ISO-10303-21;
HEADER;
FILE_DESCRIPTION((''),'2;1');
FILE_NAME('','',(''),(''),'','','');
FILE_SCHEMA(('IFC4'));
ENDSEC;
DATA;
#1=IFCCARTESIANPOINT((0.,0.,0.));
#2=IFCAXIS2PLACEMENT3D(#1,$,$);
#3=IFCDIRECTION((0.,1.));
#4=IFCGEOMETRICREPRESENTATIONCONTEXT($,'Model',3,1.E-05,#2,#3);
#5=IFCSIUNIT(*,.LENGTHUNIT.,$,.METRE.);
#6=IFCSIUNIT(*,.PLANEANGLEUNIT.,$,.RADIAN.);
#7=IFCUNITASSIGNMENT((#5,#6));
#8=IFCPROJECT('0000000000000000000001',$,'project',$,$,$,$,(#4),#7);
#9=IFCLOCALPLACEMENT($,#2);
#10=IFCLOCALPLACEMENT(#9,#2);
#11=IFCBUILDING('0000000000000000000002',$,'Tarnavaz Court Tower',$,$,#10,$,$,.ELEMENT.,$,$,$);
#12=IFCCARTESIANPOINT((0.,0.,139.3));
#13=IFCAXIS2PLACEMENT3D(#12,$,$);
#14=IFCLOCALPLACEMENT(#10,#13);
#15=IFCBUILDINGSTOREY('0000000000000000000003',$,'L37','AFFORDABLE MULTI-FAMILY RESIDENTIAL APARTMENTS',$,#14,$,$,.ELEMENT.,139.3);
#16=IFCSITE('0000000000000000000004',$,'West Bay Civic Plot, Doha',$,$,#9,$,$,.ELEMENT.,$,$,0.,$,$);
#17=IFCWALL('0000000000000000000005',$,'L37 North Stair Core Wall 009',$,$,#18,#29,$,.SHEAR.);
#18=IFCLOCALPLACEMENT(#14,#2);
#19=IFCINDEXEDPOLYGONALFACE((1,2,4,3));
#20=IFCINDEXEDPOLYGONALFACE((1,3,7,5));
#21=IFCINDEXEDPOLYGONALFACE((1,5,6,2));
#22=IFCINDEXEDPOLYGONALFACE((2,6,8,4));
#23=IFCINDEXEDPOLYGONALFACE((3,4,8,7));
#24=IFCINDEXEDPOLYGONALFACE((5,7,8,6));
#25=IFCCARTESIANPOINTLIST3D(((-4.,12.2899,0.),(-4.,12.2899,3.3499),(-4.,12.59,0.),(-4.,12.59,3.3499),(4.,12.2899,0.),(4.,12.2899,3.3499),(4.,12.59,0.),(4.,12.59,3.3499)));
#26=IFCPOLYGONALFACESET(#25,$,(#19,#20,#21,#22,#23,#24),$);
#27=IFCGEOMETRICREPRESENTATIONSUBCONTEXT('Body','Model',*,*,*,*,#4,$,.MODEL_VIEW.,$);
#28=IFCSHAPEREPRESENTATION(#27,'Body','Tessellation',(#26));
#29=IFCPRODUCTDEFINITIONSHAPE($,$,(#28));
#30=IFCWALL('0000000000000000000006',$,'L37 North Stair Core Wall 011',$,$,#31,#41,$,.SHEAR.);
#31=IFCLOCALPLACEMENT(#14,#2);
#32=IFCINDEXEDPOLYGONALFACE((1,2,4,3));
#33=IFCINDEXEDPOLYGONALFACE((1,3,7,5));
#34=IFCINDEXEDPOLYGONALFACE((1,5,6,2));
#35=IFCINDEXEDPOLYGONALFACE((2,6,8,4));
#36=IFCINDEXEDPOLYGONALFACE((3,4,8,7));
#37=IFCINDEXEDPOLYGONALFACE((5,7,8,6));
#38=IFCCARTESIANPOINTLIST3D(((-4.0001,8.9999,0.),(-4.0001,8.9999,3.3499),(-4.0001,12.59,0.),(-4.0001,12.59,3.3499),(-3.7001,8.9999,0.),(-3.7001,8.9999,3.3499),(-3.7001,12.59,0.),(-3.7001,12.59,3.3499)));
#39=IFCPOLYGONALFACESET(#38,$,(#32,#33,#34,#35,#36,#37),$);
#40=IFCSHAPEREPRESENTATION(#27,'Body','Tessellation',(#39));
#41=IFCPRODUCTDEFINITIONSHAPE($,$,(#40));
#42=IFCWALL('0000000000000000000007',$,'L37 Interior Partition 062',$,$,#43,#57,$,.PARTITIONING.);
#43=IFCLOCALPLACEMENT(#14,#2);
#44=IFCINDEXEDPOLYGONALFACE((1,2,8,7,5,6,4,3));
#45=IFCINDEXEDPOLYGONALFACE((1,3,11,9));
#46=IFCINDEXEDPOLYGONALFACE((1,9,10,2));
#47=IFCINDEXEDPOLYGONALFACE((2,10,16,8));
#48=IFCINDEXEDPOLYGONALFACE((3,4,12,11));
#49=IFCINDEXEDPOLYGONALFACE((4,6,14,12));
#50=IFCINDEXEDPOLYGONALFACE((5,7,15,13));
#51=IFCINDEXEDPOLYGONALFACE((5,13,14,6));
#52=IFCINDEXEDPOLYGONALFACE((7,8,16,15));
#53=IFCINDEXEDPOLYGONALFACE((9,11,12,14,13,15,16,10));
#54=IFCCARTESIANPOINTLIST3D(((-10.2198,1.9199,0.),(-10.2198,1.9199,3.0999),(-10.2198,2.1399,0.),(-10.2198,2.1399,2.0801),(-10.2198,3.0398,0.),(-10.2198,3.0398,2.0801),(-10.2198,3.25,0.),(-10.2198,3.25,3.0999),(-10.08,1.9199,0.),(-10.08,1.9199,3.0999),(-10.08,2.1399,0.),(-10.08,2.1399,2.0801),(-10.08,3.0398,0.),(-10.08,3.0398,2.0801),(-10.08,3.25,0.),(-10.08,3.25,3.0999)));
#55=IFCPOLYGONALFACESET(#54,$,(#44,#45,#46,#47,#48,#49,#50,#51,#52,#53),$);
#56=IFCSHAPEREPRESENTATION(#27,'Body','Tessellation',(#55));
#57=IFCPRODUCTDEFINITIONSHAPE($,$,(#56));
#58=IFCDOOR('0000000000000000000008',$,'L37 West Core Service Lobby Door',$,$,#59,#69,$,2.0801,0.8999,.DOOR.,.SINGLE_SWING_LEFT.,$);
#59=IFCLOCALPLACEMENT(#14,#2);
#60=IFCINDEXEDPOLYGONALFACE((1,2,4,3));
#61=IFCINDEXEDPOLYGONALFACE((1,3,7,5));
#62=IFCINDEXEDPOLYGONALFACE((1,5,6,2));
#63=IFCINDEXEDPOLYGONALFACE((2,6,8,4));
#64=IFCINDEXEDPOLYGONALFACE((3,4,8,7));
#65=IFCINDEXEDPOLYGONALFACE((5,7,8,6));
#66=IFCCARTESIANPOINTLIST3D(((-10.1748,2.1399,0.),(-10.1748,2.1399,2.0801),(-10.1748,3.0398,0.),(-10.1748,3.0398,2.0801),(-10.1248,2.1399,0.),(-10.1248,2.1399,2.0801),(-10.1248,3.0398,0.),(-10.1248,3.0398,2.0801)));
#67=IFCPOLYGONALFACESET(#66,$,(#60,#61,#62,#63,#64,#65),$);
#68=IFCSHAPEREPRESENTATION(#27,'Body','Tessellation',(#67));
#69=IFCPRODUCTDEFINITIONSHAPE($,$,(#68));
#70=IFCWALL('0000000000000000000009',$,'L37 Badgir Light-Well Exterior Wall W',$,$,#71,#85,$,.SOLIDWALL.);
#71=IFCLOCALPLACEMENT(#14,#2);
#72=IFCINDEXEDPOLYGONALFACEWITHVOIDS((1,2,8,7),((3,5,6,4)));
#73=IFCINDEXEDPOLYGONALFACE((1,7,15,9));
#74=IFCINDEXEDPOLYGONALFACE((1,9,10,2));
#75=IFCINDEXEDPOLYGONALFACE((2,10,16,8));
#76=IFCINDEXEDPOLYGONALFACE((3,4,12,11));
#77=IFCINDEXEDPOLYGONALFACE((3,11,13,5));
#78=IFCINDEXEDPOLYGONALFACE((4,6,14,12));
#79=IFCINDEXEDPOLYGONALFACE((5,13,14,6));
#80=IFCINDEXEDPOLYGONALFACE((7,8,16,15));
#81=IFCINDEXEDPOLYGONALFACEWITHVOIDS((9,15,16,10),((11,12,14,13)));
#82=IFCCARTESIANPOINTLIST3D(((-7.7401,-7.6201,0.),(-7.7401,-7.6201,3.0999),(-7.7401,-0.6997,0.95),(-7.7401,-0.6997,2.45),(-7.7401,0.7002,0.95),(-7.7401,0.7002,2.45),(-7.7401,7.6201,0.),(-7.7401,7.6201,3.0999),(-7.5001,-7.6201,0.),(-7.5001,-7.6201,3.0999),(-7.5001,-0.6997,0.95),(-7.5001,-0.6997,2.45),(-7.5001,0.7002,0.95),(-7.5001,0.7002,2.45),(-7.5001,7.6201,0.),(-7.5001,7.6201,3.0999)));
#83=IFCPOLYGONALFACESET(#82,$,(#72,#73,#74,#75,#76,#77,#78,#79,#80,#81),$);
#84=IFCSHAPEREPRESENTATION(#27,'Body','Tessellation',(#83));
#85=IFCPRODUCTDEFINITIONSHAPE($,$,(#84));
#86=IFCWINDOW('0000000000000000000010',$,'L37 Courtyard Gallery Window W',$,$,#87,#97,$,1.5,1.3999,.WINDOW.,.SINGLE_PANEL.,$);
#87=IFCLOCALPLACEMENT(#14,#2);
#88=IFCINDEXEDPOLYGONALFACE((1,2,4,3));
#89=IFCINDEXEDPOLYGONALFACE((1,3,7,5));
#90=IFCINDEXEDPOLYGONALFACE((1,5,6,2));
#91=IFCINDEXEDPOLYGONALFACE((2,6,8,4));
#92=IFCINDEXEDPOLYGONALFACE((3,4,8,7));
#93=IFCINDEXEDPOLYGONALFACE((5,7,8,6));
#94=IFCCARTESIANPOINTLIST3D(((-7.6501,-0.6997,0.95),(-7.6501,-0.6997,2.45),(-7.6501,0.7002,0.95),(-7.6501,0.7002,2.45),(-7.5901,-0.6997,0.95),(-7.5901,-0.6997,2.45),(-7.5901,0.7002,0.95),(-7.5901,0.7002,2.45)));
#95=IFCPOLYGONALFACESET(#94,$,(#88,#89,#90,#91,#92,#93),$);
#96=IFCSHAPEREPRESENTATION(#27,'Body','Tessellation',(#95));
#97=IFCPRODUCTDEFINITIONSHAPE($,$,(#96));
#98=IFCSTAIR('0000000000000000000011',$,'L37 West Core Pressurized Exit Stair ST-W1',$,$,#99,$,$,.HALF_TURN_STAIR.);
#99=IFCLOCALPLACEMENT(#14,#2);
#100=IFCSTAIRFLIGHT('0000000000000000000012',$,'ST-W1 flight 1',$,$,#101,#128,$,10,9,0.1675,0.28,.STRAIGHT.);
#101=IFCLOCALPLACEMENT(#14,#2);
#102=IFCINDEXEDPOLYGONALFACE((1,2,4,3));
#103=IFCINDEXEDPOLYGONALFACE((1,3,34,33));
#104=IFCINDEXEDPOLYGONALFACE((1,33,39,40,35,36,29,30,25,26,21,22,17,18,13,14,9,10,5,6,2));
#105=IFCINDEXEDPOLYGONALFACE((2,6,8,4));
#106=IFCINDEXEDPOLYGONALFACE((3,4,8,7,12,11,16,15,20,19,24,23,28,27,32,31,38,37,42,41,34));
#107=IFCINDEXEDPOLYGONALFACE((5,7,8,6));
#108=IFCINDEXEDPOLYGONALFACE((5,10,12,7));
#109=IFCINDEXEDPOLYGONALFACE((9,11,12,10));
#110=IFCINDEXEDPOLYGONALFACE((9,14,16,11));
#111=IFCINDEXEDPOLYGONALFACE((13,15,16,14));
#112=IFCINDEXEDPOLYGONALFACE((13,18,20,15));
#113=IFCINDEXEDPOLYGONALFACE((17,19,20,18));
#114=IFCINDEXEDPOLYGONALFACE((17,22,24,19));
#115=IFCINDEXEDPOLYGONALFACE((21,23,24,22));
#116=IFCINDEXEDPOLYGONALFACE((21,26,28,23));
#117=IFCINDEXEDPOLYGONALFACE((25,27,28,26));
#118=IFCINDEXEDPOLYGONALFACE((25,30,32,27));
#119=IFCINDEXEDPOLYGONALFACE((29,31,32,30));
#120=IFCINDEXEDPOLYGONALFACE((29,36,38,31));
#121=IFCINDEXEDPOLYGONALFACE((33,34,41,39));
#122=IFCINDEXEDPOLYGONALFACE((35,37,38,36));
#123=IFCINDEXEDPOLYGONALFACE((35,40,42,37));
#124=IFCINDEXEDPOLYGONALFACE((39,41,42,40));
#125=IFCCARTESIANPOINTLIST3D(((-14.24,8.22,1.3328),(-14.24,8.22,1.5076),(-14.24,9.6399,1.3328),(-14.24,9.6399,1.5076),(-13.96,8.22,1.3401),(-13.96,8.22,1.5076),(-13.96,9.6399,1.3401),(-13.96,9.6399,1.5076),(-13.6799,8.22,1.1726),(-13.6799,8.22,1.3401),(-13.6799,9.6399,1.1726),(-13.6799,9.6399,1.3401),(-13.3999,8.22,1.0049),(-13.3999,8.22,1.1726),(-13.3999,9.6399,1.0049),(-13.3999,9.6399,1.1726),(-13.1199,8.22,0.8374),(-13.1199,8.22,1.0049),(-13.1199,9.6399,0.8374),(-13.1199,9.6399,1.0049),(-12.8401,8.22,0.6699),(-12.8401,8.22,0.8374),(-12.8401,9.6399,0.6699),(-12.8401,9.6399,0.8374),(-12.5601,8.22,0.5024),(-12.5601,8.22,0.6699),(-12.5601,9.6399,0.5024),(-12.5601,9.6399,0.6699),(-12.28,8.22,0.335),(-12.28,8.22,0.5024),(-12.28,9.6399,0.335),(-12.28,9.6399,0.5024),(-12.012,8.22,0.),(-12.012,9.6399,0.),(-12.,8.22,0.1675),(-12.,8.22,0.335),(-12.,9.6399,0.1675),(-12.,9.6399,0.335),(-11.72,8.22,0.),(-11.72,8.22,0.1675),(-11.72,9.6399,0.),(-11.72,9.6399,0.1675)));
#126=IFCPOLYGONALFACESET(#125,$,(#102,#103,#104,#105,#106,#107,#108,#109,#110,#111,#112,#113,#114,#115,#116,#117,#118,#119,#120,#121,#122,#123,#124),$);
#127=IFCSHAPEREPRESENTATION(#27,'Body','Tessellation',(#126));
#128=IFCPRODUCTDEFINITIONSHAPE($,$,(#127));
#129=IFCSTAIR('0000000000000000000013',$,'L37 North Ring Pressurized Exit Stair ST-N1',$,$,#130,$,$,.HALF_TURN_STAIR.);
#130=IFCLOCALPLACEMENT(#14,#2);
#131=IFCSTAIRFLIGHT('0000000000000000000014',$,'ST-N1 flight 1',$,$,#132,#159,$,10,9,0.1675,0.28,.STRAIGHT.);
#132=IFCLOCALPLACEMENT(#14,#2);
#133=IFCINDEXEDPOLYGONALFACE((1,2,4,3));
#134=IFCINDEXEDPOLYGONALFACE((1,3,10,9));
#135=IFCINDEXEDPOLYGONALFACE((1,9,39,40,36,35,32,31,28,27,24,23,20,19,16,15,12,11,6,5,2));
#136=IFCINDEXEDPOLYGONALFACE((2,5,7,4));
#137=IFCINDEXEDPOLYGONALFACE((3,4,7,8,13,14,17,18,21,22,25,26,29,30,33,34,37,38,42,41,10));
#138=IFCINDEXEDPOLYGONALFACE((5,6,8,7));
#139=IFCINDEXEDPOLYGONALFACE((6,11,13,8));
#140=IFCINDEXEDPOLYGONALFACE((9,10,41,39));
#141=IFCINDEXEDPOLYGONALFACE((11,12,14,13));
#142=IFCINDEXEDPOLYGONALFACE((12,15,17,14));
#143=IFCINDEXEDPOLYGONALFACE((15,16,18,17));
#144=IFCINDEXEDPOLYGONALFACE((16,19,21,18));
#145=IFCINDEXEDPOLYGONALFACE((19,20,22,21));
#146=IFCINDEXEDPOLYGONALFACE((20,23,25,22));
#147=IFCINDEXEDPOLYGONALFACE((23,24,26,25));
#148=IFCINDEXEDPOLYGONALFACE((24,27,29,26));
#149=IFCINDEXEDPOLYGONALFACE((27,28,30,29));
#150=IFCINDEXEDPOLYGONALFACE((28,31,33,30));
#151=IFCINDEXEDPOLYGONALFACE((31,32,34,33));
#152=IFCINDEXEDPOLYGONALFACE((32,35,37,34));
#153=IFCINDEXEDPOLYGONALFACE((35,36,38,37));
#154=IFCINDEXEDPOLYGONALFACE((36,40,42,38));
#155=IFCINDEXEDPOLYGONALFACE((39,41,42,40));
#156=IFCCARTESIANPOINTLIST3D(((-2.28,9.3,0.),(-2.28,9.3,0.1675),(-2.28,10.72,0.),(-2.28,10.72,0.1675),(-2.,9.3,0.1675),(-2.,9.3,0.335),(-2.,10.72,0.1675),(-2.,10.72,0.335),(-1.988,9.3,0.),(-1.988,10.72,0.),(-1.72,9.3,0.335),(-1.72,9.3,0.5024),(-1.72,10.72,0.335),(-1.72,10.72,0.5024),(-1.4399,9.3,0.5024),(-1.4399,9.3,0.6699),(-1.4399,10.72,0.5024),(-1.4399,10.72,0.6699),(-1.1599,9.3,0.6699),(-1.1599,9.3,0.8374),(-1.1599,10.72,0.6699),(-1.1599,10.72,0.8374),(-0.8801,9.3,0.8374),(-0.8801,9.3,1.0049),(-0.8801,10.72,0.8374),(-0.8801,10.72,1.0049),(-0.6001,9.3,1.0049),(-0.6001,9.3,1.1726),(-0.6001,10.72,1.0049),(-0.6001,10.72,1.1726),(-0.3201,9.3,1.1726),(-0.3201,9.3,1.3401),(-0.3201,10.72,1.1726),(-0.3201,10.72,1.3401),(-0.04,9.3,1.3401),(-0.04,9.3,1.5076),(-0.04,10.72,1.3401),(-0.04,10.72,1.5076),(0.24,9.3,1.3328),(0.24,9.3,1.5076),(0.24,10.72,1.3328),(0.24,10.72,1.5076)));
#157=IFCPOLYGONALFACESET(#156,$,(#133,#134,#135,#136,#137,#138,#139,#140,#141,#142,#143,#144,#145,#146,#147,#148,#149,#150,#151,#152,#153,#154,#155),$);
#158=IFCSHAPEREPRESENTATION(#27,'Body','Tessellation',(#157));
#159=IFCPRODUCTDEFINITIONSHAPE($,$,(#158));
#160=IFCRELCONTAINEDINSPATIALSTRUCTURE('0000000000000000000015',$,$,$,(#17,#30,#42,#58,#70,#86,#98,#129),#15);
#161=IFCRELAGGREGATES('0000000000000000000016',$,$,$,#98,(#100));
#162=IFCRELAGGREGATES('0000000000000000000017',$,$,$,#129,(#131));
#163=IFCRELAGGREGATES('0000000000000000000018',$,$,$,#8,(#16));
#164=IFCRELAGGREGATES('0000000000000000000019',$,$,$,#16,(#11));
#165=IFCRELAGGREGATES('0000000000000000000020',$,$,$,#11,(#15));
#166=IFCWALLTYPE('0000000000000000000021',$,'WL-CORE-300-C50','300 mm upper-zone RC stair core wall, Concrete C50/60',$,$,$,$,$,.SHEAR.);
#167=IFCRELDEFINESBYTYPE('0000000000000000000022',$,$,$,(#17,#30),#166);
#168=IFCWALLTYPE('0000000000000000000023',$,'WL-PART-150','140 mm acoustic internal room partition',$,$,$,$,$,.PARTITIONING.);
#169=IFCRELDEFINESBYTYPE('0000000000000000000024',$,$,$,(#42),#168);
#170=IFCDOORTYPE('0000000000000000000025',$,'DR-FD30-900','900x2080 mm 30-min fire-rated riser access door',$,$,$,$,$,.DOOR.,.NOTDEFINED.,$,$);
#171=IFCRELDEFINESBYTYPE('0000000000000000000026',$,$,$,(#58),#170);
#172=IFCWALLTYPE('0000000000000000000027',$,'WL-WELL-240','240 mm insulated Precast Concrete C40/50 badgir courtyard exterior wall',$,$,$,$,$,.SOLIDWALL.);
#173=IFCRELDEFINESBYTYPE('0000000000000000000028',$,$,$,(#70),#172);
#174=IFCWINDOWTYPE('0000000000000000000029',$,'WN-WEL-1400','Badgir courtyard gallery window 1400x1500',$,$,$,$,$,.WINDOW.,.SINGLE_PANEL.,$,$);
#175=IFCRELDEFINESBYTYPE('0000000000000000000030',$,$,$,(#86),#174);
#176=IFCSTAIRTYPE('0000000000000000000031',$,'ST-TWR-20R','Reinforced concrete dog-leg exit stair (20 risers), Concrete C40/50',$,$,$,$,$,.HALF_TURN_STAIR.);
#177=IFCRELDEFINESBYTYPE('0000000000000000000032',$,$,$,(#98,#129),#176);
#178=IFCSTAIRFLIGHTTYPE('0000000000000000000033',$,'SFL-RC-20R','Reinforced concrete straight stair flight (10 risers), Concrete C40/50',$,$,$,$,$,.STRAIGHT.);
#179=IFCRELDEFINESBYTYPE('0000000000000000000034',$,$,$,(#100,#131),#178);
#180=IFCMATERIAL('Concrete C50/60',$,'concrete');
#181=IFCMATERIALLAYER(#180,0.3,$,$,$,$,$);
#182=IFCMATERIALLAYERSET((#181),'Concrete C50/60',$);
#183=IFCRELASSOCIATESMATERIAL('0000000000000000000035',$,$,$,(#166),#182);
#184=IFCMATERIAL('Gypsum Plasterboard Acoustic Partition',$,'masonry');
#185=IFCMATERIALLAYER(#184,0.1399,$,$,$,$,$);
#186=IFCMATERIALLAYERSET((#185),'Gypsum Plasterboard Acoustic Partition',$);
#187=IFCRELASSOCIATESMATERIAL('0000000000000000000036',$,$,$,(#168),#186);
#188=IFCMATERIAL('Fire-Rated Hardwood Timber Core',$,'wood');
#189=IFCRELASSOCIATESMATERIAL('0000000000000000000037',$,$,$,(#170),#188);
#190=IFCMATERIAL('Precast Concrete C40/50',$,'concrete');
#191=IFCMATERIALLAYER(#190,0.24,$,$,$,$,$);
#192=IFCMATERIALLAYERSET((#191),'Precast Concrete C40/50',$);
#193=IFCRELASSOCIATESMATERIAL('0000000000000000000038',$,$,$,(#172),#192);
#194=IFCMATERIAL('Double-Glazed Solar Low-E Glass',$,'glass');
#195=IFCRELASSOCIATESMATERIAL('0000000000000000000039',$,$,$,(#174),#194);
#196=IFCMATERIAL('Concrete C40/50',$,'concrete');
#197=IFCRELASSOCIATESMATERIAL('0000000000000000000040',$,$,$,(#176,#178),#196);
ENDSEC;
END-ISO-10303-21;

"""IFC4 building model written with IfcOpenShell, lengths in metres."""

from ifc_helpers import new_model, si_unit, direction, frame, frame_2d, origin, place, context, subcontext, project, spatial, polyline, rectangle, outline, extrude, material, layer, layer_set, type_object, element, fill, aggregate, save


model = new_model("IFC4")

# Units and contexts
model_context = context("Model", 3, precision=1e-05, world=origin(), true_north=direction((0.0, 1.0)))
body_context = subcontext(model_context, "Body", "Model", "MODEL_VIEW")
ifc_project = project(units=[si_unit("LENGTHUNIT", "METRE"), si_unit("PLANEANGLEUNIT", "RADIAN")], contexts=[model_context])

# Site, building, storey
site_placement = place(None, origin())
site = spatial("IfcSite", under=ifc_project, at=site_placement, Name="West Bay Civic Plot, Doha", CompositionType="ELEMENT", RefElevation=0.0)
building_placement = place(site_placement, origin())
building = spatial("IfcBuilding", under=site, at=building_placement, Name="Tarnavaz Court Tower", CompositionType="ELEMENT")
storey_placement = place(building_placement, frame((0.0, 0.0, 139.3)))
storey = spatial("IfcBuildingStorey", under=building, at=storey_placement, Name="L37", Description="AFFORDABLE MULTI-FAMILY RESIDENTIAL APARTMENTS", CompositionType="ELEMENT", Elevation=139.3)

# Wall
ifc_material_1 = material(Name="Concrete C50/60", Category="concrete")
ifc_layer_1 = layer(ifc_material_1, 0.3)
ifc_layer_set_1 = layer_set([ifc_layer_1], Name="Concrete C50/60")
wall_type_1 = type_object("IfcWallType", Name="WL-CORE-300-C50", Description="300 mm upper-zone RC stair core wall, Concrete C50/60", PredefinedType="SHEAR", material=ifc_layer_set_1)
wall_1_placement = place(storey_placement, frame((-4.0, 12.4399, 0.0), z_axis=(0.0, 0.0, 1.0), x_axis=(1.0, 0.0, 0.0)))
element("IfcWall", 1, at=wall_1_placement, inside=storey, type_object=wall_type_1, Name="L37 North Stair Core Wall 009", PredefinedType="SHEAR", context=body_context, shape_type="SweptSolid", body=[
    extrude(rectangle(XDim=8.0, YDim=0.3, at=frame_2d((4.0, 0.0))), origin(), (0.0, 0.0, 1.0), 3.3499),
])

# Shared definitions
ifc_material_2 = material(Name="Fire-Rated Hardwood Timber Core", Category="wood")

# Wall
wall_2_placement = place(storey_placement, frame((-3.8501, 9.0, 0.0), z_axis=(0.0, 0.0, 1.0), x_axis=(0.0, 1.0, 0.0)))
element("IfcWall", 2, at=wall_2_placement, inside=storey, type_object=wall_type_1, Name="L37 North Stair Core Wall 011", PredefinedType="SHEAR", context=body_context, shape_type="SweptSolid", body=[
    extrude(rectangle(XDim=3.5901, YDim=0.3, at=frame_2d((1.7949, 0.0))), origin(), (0.0, 0.0, 1.0), 3.3499),
])

# Wall, opening, door
ifc_material_3 = material(Name="Gypsum Plasterboard Acoustic Partition", Category="masonry")
ifc_layer_2 = layer(ifc_material_3, 0.1399)
ifc_layer_set_2 = layer_set([ifc_layer_2], Name="Gypsum Plasterboard Acoustic Partition")
wall_type_2 = type_object("IfcWallType", Name="WL-PART-150", Description="140 mm acoustic internal room partition", PredefinedType="PARTITIONING", material=ifc_layer_set_2)
wall_3_placement = place(storey_placement, frame((-10.1499, 1.9199, 0.0), z_axis=(0.0, 0.0, 1.0), x_axis=(0.0, 1.0, 0.0)))
wall_3 = element("IfcWall", 3, at=wall_3_placement, inside=storey, type_object=wall_type_2, Name="L37 Interior Partition 062", PredefinedType="PARTITIONING", context=body_context, shape_type="SweptSolid", body=[
    extrude(rectangle(XDim=1.3301, YDim=0.1399, at=frame_2d((0.665, 0.0))), origin(), (0.0, 0.0, 1.0), 3.0999),
])
opening_1_placement = place(wall_3_placement, frame((0.22, 0.0, 0.0)))
opening_1 = element("IfcOpeningElement", 4, at=opening_1_placement, cuts=wall_3, PredefinedType="OPENING", context=body_context, shape_type="SweptSolid", body=[
    extrude(rectangle(XDim=0.8999, YDim=2.0801, at=frame_2d((0.45, 1.04))), frame((0.0, 0.0798, 0.0), z_axis=(0.0, -1.0, 0.0), x_axis=(1.0, 0.0, 0.0)), (0.0, 0.0, 1.0), 0.1599),
])
door_type_1 = type_object("IfcDoorType", Name="DR-FD30-900", Description="900x2080 mm 30-min fire-rated riser access door", OperationType="NOTDEFINED", PredefinedType="DOOR", material=ifc_material_2)
door_1_placement = place(opening_1_placement, origin())
door_1 = element("IfcDoor", 5, at=door_1_placement, inside=storey, type_object=door_type_1, Name="L37 West Core Service Lobby Door", OperationType="SINGLE_SWING_LEFT", OverallHeight=2.0801, OverallWidth=0.8999, PredefinedType="DOOR", context=body_context, shape_type="SweptSolid", body=[
    extrude(rectangle(XDim=0.8999, YDim=2.0801, at=frame_2d((0.45, 1.04))), frame((0.0, 0.0249, 0.0), z_axis=(0.0, -1.0, 0.0), x_axis=(1.0, 0.0, 0.0)), (0.0, 0.0, 1.0), 0.05),
])
fill(opening_1, door_1)

# Wall, opening, window
ifc_material_4 = material(Name="Precast Concrete C40/50", Category="concrete")
ifc_layer_3 = layer(ifc_material_4, 0.24)
ifc_layer_set_3 = layer_set([ifc_layer_3], Name="Precast Concrete C40/50")
wall_type_3 = type_object("IfcWallType", Name="WL-WELL-240", Description="240 mm insulated Precast Concrete C40/50 badgir courtyard exterior wall", PredefinedType="SOLIDWALL", material=ifc_layer_set_3)
wall_4_placement = place(storey_placement, frame((-7.6201, 7.6201, 0.0), z_axis=(0.0, 0.0, 1.0), x_axis=(0.0, -1.0, 0.0)))
wall_4 = element("IfcWall", 6, at=wall_4_placement, inside=storey, type_object=wall_type_3, Name="L37 Badgir Light-Well Exterior Wall W", PredefinedType="SOLIDWALL", context=body_context, shape_type="SweptSolid", body=[
    extrude(rectangle(XDim=15.2402, YDim=0.24, at=frame_2d((7.6201, 0.0))), origin(), (0.0, 0.0, 1.0), 3.0999),
])
opening_2_placement = place(wall_4_placement, frame((6.9199, 0.0, 0.95)))
opening_2 = element("IfcOpeningElement", 7, at=opening_2_placement, cuts=wall_4, PredefinedType="OPENING", context=body_context, shape_type="SweptSolid", body=[
    extrude(rectangle(XDim=1.3999, YDim=1.5, at=frame_2d((0.7, 0.75))), frame((0.0, 0.1299, 0.0), z_axis=(0.0, -1.0, 0.0), x_axis=(1.0, 0.0, 0.0)), (0.0, 0.0, 1.0), 0.26),
])
ifc_material_5 = material(Name="Double-Glazed Solar Low-E Glass", Category="glass")
window_type = type_object("IfcWindowType", Name="WN-WEL-1400", Description="Badgir courtyard gallery window 1400x1500", PartitioningType="SINGLE_PANEL", PredefinedType="WINDOW", material=ifc_material_5)
window_placement = place(opening_2_placement, origin())
window = element("IfcWindow", 8, at=window_placement, inside=storey, type_object=window_type, Name="L37 Courtyard Gallery Window W", OverallHeight=1.5, OverallWidth=1.3999, PartitioningType="SINGLE_PANEL", PredefinedType="WINDOW", context=body_context, shape_type="SweptSolid", body=[
    extrude(rectangle(XDim=1.3999, YDim=1.5, at=frame_2d((0.7, 0.75))), frame((0.0, 0.03, 0.0), z_axis=(0.0, -1.0, 0.0), x_axis=(1.0, 0.0, 0.0)), (0.0, 0.0, 1.0), 0.0601),
])
fill(opening_2, window)

# Stairs, stair flights
ifc_material_6 = material(Name="Concrete C40/50", Category="concrete")
stair_type = type_object("IfcStairType", Name="ST-TWR-20R", Description="Reinforced concrete dog-leg exit stair (20 risers), Concrete C40/50", PredefinedType="HALF_TURN_STAIR", material=ifc_material_6)
stair_1_placement = place(storey_placement, origin())
stair_1 = element("IfcStair", 9, at=stair_1_placement, inside=storey, type_object=stair_type, Name="L37 West Core Pressurized Exit Stair ST-W1", PredefinedType="HALF_TURN_STAIR")
stair_flight_type = type_object("IfcStairFlightType", Name="SFL-RC-20R", Description="Reinforced concrete straight stair flight (10 risers), Concrete C40/50", PredefinedType="STRAIGHT", material=ifc_material_6)
stair_flight_1_placement = place(storey_placement, frame((-11.72, 8.9299, 0.0), z_axis=(0.0, 0.0, 1.0), x_axis=(-1.0, 0.0, 0.0)))
stair_flight_1 = element("IfcStairFlight", 10, at=stair_flight_1_placement, type_object=stair_flight_type, Name="ST-W1 flight 1", NumberOfRisers=10, NumberOfTreads=9, PredefinedType="STRAIGHT", RiserHeight=0.1675, TreadLength=0.28, context=body_context, shape_type="SweptSolid", body=[
    extrude(outline(polyline([(0.0, 0.0), (0.0, 0.1675), (0.28, 0.1675), (0.28, 0.335), (0.5601, 0.335), (0.5601, 0.5024), (0.8401, 0.5024), (0.8401, 0.6699), (1.1201, 0.6699), (1.1201, 0.8374), (1.3999, 0.8374), (1.3999, 1.0049), (1.6799, 1.0049), (1.6799, 1.1726), (1.96, 1.1726), (1.96, 1.3401), (2.24, 1.3401), (2.24, 1.5076), (2.52, 1.5076), (2.52, 1.675), (2.52, 1.3328), (0.292, 0.0), (0.0, 0.0)])), frame((0.0, 0.71, 0.0), z_axis=(0.0, -1.0, 0.0), x_axis=(1.0, 0.0, 0.0)), (0.0, 0.0, 1.0), 1.4199),
])
aggregate(stair_1, [stair_flight_1])
stair_2_placement = place(storey_placement, origin())
stair_2 = element("IfcStair", 11, at=stair_2_placement, inside=storey, type_object=stair_type, Name="L37 North Ring Pressurized Exit Stair ST-N1", PredefinedType="HALF_TURN_STAIR")
stair_flight_2_placement = place(storey_placement, frame((-2.28, 10.01, 0.0), z_axis=(0.0, 0.0, 1.0), x_axis=(1.0, 0.0, 0.0)))
stair_flight_2 = element("IfcStairFlight", 12, at=stair_flight_2_placement, type_object=stair_flight_type, Name="ST-N1 flight 1", NumberOfRisers=10, NumberOfTreads=9, PredefinedType="STRAIGHT", RiserHeight=0.1675, TreadLength=0.28, context=body_context, shape_type="SweptSolid", body=[
    extrude(outline(polyline([(0.0, 0.0), (0.0, 0.1675), (0.28, 0.1675), (0.28, 0.335), (0.5601, 0.335), (0.5601, 0.5024), (0.8401, 0.5024), (0.8401, 0.6699), (1.1201, 0.6699), (1.1201, 0.8374), (1.3999, 0.8374), (1.3999, 1.0049), (1.6799, 1.0049), (1.6799, 1.1726), (1.96, 1.1726), (1.96, 1.3401), (2.24, 1.3401), (2.24, 1.5076), (2.52, 1.5076), (2.52, 1.675), (2.52, 1.3328), (0.292, 0.0), (0.0, 0.0)])), frame((0.0, 0.71, 0.0), z_axis=(0.0, -1.0, 0.0), x_axis=(1.0, 0.0, 0.0)), (0.0, 0.0, 1.0), 1.4199),
])
aggregate(stair_2, [stair_flight_2])

save(model, "model.ifc")
